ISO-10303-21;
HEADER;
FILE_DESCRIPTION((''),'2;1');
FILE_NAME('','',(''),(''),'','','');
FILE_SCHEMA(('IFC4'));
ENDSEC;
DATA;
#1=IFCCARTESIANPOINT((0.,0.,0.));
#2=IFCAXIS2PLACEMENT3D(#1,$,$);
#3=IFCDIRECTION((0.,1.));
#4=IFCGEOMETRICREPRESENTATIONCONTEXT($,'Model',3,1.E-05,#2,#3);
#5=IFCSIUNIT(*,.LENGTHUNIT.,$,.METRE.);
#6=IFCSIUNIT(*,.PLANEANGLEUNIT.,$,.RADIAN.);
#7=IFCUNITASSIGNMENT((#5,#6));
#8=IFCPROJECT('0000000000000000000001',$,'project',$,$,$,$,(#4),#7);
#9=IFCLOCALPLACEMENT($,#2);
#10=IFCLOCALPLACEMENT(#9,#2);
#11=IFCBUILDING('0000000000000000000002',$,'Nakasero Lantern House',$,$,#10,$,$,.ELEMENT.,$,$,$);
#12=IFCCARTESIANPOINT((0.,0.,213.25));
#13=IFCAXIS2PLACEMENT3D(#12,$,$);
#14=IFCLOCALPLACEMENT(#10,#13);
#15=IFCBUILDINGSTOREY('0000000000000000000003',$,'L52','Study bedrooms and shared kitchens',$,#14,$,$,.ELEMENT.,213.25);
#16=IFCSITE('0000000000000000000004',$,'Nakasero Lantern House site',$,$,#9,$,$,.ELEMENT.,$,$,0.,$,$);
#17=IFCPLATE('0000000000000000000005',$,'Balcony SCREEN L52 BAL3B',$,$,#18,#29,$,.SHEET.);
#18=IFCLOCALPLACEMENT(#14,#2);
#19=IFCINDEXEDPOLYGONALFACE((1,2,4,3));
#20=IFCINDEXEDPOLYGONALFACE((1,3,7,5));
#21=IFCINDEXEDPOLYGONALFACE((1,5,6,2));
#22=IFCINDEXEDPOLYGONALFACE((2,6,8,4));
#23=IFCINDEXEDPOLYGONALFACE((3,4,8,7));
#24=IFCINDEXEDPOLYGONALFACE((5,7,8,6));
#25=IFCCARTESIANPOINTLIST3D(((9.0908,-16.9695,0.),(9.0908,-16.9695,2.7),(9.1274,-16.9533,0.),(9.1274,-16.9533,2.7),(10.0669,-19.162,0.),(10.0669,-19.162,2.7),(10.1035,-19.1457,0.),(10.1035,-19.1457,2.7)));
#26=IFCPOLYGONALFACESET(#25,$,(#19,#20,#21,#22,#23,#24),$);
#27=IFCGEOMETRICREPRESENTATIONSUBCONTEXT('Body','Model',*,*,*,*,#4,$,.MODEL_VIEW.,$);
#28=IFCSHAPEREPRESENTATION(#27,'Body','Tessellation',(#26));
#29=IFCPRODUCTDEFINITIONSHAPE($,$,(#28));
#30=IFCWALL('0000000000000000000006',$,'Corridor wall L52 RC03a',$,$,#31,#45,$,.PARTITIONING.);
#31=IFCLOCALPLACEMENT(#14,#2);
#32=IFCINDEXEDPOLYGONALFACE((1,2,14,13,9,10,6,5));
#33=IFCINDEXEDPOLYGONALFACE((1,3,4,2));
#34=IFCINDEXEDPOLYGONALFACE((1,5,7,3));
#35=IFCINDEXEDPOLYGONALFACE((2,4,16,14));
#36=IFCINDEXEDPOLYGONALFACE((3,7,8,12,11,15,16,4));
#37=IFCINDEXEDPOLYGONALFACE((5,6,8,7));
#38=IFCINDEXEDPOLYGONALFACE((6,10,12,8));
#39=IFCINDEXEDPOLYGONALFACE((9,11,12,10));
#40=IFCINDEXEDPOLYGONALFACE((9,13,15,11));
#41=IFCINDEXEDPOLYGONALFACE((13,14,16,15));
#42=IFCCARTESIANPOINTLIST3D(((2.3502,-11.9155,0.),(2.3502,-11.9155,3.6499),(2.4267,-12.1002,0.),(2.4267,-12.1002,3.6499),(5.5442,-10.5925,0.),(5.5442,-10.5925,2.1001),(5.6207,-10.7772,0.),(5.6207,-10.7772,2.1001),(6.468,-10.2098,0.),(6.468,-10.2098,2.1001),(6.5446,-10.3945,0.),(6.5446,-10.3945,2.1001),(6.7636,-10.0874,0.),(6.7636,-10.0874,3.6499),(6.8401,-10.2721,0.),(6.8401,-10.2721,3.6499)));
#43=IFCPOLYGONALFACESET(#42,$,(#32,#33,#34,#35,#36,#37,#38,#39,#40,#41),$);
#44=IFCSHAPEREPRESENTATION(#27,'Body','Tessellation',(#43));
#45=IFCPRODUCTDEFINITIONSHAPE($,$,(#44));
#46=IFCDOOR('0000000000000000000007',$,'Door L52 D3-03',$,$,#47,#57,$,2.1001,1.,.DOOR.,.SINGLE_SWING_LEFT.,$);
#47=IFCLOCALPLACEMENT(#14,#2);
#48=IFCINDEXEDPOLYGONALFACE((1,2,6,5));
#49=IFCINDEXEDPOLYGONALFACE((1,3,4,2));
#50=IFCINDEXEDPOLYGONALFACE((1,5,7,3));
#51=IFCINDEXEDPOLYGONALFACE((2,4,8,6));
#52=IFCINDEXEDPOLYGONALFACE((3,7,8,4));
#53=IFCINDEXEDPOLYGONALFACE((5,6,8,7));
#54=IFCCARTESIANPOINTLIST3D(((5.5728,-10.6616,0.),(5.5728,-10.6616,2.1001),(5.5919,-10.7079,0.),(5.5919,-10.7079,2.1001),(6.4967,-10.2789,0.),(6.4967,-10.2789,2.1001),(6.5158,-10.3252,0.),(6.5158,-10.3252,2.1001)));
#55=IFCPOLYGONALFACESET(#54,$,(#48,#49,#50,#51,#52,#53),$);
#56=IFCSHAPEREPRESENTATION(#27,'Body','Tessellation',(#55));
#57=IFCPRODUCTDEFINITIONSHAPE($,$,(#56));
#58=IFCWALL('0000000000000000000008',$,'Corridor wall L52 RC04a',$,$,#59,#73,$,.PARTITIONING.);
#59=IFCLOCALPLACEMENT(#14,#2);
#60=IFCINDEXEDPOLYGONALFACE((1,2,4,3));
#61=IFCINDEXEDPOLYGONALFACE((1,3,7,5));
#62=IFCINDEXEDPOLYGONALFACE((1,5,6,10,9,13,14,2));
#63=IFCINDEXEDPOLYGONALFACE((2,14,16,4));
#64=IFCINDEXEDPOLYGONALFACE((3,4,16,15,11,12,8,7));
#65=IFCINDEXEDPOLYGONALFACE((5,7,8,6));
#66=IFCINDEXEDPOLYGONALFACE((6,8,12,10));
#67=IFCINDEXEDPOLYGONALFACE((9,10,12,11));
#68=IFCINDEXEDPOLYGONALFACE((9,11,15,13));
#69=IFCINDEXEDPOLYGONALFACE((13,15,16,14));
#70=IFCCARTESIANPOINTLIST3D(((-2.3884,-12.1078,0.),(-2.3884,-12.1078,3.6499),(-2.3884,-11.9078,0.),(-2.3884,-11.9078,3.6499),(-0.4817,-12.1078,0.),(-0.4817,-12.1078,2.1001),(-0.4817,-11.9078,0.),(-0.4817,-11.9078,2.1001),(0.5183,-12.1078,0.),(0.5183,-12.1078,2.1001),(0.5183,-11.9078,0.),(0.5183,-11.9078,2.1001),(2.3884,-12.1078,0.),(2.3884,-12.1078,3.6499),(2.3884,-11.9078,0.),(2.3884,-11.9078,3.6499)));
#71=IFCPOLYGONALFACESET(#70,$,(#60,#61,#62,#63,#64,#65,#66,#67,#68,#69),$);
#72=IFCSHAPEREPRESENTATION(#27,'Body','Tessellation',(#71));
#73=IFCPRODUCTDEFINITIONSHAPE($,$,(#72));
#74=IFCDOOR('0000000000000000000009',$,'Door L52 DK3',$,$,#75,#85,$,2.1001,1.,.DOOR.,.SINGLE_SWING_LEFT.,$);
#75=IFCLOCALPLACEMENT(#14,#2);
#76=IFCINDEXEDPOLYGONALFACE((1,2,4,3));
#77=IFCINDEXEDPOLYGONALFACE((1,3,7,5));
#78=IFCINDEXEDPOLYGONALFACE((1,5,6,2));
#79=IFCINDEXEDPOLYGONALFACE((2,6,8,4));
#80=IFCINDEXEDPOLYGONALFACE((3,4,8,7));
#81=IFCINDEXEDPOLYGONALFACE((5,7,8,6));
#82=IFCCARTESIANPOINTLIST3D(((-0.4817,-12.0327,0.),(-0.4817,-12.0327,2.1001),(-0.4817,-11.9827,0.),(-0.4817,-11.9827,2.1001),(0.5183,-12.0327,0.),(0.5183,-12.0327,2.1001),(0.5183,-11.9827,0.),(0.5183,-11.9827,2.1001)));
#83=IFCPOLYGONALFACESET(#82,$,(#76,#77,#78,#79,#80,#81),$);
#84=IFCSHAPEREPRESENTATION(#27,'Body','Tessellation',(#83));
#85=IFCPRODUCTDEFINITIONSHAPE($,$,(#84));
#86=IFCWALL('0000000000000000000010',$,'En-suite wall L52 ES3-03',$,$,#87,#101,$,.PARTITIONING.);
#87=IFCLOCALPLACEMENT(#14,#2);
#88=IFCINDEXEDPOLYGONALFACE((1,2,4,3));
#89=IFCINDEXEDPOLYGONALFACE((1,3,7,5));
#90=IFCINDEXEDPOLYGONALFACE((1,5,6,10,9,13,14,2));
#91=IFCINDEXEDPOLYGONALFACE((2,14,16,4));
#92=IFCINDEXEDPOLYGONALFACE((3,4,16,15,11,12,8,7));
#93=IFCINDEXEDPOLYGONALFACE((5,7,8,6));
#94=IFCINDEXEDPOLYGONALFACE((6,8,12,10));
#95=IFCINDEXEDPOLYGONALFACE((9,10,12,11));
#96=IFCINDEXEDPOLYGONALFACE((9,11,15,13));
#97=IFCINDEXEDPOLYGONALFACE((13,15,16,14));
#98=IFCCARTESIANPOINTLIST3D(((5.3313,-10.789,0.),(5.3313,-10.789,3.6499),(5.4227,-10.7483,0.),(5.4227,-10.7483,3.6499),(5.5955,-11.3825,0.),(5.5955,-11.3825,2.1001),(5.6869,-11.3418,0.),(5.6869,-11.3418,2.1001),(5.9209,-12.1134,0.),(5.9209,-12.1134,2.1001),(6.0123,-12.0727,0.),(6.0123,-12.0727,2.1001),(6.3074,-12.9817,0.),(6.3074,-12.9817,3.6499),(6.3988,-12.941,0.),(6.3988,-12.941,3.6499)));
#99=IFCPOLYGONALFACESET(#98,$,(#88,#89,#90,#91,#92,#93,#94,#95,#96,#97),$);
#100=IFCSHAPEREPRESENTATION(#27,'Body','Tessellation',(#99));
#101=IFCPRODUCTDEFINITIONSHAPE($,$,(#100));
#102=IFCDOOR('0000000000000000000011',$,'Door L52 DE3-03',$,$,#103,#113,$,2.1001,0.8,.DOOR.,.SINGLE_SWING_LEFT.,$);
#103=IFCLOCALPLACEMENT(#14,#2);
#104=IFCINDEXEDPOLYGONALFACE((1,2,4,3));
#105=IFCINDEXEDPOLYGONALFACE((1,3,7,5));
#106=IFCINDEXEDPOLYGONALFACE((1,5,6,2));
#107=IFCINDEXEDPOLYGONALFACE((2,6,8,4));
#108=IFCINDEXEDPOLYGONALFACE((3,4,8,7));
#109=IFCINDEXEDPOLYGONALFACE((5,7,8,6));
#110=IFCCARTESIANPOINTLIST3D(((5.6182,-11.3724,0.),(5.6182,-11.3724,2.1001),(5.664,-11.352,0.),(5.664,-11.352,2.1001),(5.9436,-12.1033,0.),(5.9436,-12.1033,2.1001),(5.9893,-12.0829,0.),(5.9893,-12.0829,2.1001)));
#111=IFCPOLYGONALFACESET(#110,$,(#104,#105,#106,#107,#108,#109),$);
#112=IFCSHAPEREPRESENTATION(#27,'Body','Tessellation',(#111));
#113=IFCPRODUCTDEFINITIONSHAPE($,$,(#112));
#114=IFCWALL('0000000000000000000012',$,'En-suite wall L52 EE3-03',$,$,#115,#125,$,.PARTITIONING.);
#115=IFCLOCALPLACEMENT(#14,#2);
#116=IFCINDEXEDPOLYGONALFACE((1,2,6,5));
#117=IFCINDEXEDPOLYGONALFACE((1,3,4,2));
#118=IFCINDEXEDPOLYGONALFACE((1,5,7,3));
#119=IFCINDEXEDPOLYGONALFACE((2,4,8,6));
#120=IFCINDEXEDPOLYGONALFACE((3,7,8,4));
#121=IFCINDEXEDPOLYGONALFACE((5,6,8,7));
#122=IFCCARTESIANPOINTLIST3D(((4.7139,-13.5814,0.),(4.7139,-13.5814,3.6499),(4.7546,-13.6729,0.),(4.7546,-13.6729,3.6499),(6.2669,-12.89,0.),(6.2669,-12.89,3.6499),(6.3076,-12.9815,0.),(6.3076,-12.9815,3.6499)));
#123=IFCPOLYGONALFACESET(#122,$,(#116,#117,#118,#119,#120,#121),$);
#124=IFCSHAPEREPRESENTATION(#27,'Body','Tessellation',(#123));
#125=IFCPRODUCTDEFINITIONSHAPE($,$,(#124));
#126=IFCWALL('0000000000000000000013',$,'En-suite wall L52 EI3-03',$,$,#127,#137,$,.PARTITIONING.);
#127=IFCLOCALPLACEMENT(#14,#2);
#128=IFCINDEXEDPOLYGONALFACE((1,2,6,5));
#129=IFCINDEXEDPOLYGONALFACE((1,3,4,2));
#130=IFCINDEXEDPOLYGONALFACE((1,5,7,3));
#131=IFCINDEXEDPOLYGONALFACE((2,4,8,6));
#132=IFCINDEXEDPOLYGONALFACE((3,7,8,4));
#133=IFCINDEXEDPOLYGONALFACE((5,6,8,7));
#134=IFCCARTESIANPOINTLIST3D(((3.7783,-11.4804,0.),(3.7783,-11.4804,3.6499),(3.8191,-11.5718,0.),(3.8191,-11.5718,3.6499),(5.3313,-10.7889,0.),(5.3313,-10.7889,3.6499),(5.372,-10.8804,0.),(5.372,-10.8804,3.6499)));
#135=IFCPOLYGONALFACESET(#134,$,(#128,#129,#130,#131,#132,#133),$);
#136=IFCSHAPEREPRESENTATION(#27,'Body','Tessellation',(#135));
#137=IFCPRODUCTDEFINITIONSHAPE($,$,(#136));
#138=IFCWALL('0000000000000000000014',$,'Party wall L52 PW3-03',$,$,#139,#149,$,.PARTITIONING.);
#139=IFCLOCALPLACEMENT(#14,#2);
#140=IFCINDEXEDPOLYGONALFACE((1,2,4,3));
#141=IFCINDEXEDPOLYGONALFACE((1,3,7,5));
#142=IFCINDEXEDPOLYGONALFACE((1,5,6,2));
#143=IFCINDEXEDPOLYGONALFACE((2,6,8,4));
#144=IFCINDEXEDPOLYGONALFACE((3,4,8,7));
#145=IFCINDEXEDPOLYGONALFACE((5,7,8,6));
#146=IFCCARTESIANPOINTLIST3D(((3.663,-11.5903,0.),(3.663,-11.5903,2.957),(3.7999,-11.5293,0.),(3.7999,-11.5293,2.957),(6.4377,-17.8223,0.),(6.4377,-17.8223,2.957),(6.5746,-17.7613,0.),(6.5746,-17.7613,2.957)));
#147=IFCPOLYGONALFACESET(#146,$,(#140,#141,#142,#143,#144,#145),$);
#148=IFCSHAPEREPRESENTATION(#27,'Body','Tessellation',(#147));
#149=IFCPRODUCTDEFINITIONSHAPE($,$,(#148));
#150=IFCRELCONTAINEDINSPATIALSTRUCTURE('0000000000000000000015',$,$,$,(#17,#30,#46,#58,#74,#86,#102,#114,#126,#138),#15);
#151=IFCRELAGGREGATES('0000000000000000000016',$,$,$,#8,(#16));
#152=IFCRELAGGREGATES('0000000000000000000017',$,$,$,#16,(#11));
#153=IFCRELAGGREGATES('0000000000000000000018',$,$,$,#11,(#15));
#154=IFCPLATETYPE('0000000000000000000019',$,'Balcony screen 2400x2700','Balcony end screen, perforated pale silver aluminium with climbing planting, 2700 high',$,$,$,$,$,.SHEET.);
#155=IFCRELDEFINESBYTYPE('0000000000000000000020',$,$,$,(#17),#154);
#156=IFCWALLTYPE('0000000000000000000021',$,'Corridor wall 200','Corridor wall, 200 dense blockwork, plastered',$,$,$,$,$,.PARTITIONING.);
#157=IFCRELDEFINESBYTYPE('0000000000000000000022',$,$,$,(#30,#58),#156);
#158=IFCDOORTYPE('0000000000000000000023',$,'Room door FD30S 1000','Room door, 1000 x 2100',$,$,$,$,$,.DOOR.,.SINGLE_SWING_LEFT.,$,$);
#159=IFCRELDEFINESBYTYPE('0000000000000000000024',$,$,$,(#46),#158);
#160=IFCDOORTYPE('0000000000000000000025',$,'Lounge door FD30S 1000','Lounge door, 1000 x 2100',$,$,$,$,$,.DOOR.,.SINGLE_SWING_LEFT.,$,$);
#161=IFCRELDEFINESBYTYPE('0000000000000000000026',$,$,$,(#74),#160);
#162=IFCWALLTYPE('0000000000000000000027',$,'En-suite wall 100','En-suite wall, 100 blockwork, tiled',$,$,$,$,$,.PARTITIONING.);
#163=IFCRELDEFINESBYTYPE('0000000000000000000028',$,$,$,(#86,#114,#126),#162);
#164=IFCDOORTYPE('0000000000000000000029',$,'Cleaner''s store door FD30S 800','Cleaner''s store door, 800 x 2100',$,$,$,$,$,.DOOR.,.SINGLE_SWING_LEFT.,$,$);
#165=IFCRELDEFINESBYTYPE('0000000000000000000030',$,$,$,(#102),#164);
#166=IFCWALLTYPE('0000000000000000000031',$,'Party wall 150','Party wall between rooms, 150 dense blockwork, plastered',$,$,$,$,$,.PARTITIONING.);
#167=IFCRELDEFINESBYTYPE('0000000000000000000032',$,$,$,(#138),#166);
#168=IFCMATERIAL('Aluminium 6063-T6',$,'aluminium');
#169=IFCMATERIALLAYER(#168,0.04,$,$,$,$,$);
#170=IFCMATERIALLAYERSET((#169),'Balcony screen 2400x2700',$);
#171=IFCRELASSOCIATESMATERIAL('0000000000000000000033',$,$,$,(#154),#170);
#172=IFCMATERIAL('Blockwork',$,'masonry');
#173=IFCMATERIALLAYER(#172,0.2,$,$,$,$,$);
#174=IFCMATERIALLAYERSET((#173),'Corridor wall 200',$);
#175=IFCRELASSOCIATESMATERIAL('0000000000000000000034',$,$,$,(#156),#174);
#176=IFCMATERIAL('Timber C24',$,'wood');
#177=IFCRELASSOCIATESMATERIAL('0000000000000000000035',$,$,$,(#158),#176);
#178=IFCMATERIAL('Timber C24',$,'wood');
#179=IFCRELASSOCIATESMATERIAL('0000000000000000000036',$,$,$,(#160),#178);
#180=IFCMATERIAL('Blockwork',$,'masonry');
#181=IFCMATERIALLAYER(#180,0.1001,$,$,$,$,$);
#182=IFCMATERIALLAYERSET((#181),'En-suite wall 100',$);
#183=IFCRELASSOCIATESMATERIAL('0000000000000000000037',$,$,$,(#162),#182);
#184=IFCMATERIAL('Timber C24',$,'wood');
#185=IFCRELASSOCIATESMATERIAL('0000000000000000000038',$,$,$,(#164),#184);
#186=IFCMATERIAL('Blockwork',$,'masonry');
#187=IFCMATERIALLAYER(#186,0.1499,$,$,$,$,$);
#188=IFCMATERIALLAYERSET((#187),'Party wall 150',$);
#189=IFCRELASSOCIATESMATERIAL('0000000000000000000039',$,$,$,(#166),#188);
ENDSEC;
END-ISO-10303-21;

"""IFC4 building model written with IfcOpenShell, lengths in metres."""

from ifc_helpers import new_model, si_unit, direction, frame, frame_2d, origin, origin_2d, place, context, subcontext, project, spatial, rectangle, extrude, material, layer, layer_set, type_object, element, fill, save


model = new_model("IFC4")

# Units and contexts
model_context = context("Model", 3, precision=1e-05, world=origin(), true_north=direction((0.0, 1.0)))
body_context = subcontext(model_context, "Body", "Model", "MODEL_VIEW")
ifc_project = project(units=[si_unit("LENGTHUNIT", "METRE"), si_unit("PLANEANGLEUNIT", "RADIAN")], contexts=[model_context])

# Site, building, storey
site_placement = place(None, origin())
site = spatial("IfcSite", under=ifc_project, at=site_placement, Name="Nakasero Lantern House site", CompositionType="ELEMENT", RefElevation=0.0)
building_placement = place(site_placement, origin())
building = spatial("IfcBuilding", under=site, at=building_placement, Name="Nakasero Lantern House", CompositionType="ELEMENT")
storey_placement = place(building_placement, frame((0.0, 0.0, 213.25)))
storey = spatial("IfcBuildingStorey", under=building, at=storey_placement, Name="L52", Description="Study bedrooms and shared kitchens", CompositionType="ELEMENT", Elevation=213.25)

# Plate
ifc_material_1 = material(Name="Aluminium 6063-T6", Category="aluminium")
ifc_layer_1 = layer(ifc_material_1, 0.04)
ifc_layer_set_1 = layer_set([ifc_layer_1], Name="Balcony screen 2400x2700")
plate_type_1 = type_object("IfcPlateType", Name="Balcony screen 2400x2700", Description="Balcony end screen, perforated pale silver aluminium with climbing planting, 2700 high", PredefinedType="SHEET", material=ifc_layer_set_1)
for number, where, z_axis, x_axis, name in (
    (1, (9.5972, -18.0576, 0.0), (0.0, 0.0, 1.0), (0.406737, -0.913545, 0.0), "Balcony SCREEN L52 BAL3B"),
):
    element("IfcPlate", number, at=place(storey_placement, frame(where, z_axis=z_axis, x_axis=x_axis)), inside=storey, type_object=plate_type_1, Name=name, PredefinedType="SHEET", context=body_context, shape_type="SweptSolid", body=[
        extrude(rectangle(XDim=2.3999, YDim=0.04, at=origin_2d()), origin(), (0.0, 0.0, 1.0), 2.7),
    ])

# Walls, openings, doors
ifc_material_2 = material(Name="Blockwork", Category="masonry")
ifc_layer_2 = layer(ifc_material_2, 0.2)
ifc_layer_set_2 = layer_set([ifc_layer_2], Name="Corridor wall 200")
wall_type_1 = type_object("IfcWallType", Name="Corridor wall 200", Description="Corridor wall, 200 dense blockwork, plastered", PredefinedType="PARTITIONING", material=ifc_layer_set_2)
wall_1_placement = place(storey_placement, frame((6.802, -10.1797, 0.0), z_axis=(0.0, 0.0, 1.0), x_axis=(-0.923882, -0.382677, 0.0)))
wall_1 = element("IfcWall", 2, at=wall_1_placement, inside=storey, type_object=wall_type_1, Name="Corridor wall L52 RC03a", PredefinedType="PARTITIONING", context=body_context, shape_type="SweptSolid", body=[
    extrude(rectangle(XDim=4.7771, YDim=0.2, at=frame_2d((2.3887, 0.0))), origin(), (0.0, 0.0, 1.0), 3.6499),
])
opening_1_placement = place(wall_1_placement, frame((0.3201, 0.0, 0.0)))
opening_1 = element("IfcOpeningElement", 3, at=opening_1_placement, cuts=wall_1, PredefinedType="OPENING", context=body_context, shape_type="SweptSolid", body=[
    extrude(rectangle(XDim=1.0, YDim=2.1001, at=frame_2d((0.5, 1.05))), frame((0.0, 0.1199, 0.0), z_axis=(0.0, -1.0, 0.0), x_axis=(1.0, 0.0, 0.0)), (0.0, 0.0, 1.0), 0.24),
])
ifc_material_3 = material(Name="Timber C24", Category="wood")
door_type_1 = type_object("IfcDoorType", Name="Room door FD30S 1000", Description="Room door, 1000 x 2100", OperationType="SINGLE_SWING_LEFT", PredefinedType="DOOR", material=ifc_material_3)
door_1_placement = place(opening_1_placement, origin())
door_1 = element("IfcDoor", 4, at=door_1_placement, inside=storey, type_object=door_type_1, Name="Door L52 D3-03", OperationType="SINGLE_SWING_LEFT", OverallHeight=2.1001, OverallWidth=1.0, PredefinedType="DOOR", context=body_context, shape_type="SweptSolid", body=[
    extrude(rectangle(XDim=1.0, YDim=2.1001, at=frame_2d((0.5, 1.05))), frame((0.0, 0.0249, 0.0), z_axis=(0.0, -1.0, 0.0), x_axis=(1.0, 0.0, 0.0)), (0.0, 0.0, 1.0), 0.05),
])
fill(opening_1, door_1)
wall_2_placement = place(storey_placement, frame((2.3884, -12.0078, 0.0), z_axis=(0.0, 0.0, 1.0), x_axis=(-1.0, 0.0, 0.0)))
wall_2 = element("IfcWall", 5, at=wall_2_placement, inside=storey, type_object=wall_type_1, Name="Corridor wall L52 RC04a", PredefinedType="PARTITIONING", context=body_context, shape_type="SweptSolid", body=[
    extrude(rectangle(XDim=4.7769, YDim=0.2, at=frame_2d((2.3884, 0.0))), origin(), (0.0, 0.0, 1.0), 3.6499),
])
opening_2_placement = place(wall_2_placement, frame((1.8701, 0.0, 0.0)))
opening_2 = element("IfcOpeningElement", 6, at=opening_2_placement, cuts=wall_2, PredefinedType="OPENING", context=body_context, shape_type="SweptSolid", body=[
    extrude(rectangle(XDim=1.0, YDim=2.1001, at=frame_2d((0.5, 1.05))), frame((0.0, 0.1199, 0.0), z_axis=(0.0, -1.0, 0.0), x_axis=(1.0, 0.0, 0.0)), (0.0, 0.0, 1.0), 0.24),
])
ifc_material_4 = material(Name="Timber C24", Category="wood")
door_type_2 = type_object("IfcDoorType", Name="Lounge door FD30S 1000", Description="Lounge door, 1000 x 2100", OperationType="SINGLE_SWING_LEFT", PredefinedType="DOOR", material=ifc_material_4)
door_2_placement = place(opening_2_placement, origin())
door_2 = element("IfcDoor", 7, at=door_2_placement, inside=storey, type_object=door_type_2, Name="Door L52 DK3", OperationType="SINGLE_SWING_LEFT", OverallHeight=2.1001, OverallWidth=1.0, PredefinedType="DOOR", context=body_context, shape_type="SweptSolid", body=[
    extrude(rectangle(XDim=1.0, YDim=2.1001, at=frame_2d((0.5, 1.05))), frame((0.0, 0.0249, 0.0), z_axis=(0.0, -1.0, 0.0), x_axis=(1.0, 0.0, 0.0)), (0.0, 0.0, 1.0), 0.05),
])
fill(opening_2, door_2)
ifc_material_5 = material(Name="Blockwork", Category="masonry")
ifc_layer_3 = layer(ifc_material_5, 0.1001)
ifc_layer_set_3 = layer_set([ifc_layer_3], Name="En-suite wall 100")
wall_type_2 = type_object("IfcWallType", Name="En-suite wall 100", Description="En-suite wall, 100 blockwork, tiled", PredefinedType="PARTITIONING", material=ifc_layer_set_3)
wall_3_placement = place(storey_placement, frame((5.377, -10.7686, 0.0), z_axis=(0.0, 0.0, 1.0), x_axis=(0.406686, -0.913568, 0.0)))
wall_3 = element("IfcWall", 8, at=wall_3_placement, inside=storey, type_object=wall_type_2, Name="En-suite wall L52 ES3-03", PredefinedType="PARTITIONING", context=body_context, shape_type="SweptSolid", body=[
    extrude(rectangle(XDim=2.4001, YDim=0.1001, at=frame_2d((1.2002, 0.0))), origin(), (0.0, 0.0, 1.0), 3.6499),
])
opening_3_placement = place(wall_3_placement, frame((0.6499, 0.0, 0.0)))
opening_3 = element("IfcOpeningElement", 9, at=opening_3_placement, cuts=wall_3, PredefinedType="OPENING", context=body_context, shape_type="SweptSolid", body=[
    extrude(rectangle(XDim=0.8, YDim=2.1001, at=frame_2d((0.3999, 1.05))), frame((0.0, 0.0701, 0.0), z_axis=(0.0, -1.0, 0.0), x_axis=(1.0, 0.0, 0.0)), (0.0, 0.0, 1.0), 0.1401),
])
ifc_material_6 = material(Name="Timber C24", Category="wood")
door_type_3 = type_object("IfcDoorType", Name="Cleaner's store door FD30S 800", Description="Cleaner's store door, 800 x 2100", OperationType="SINGLE_SWING_LEFT", PredefinedType="DOOR", material=ifc_material_6)
door_3_placement = place(opening_3_placement, origin())
door_3 = element("IfcDoor", 10, at=door_3_placement, inside=storey, type_object=door_type_3, Name="Door L52 DE3-03", OperationType="SINGLE_SWING_LEFT", OverallHeight=2.1001, OverallWidth=0.8, PredefinedType="DOOR", context=body_context, shape_type="SweptSolid", body=[
    extrude(rectangle(XDim=0.8, YDim=2.1001, at=frame_2d((0.3999, 1.05))), frame((0.0, 0.0249, 0.0), z_axis=(0.0, -1.0, 0.0), x_axis=(1.0, 0.0, 0.0)), (0.0, 0.0, 1.0), 0.05),
])
fill(opening_3, door_3)

# Walls
for number, where, z_axis, x_axis, name in (
    (11, (4.7341, -13.6272, 0.0), (0.0, 0.0, 1.0), (0.913551, 0.406725, 0.0), "En-suite wall L52 EE3-03"),
    (12, (3.7986, -11.5261, 0.0), (0.0, 0.0, 1.0), (0.913551, 0.406725, 0.0), "En-suite wall L52 EI3-03"),
):
    element("IfcWall", number, at=place(storey_placement, frame(where, z_axis=z_axis, x_axis=x_axis)), inside=storey, type_object=wall_type_2, Name=name, PredefinedType="PARTITIONING", context=body_context, shape_type="SweptSolid", body=[
        extrude(rectangle(XDim=1.7, YDim=0.1001, at=frame_2d((0.8501, 0.0))), origin(), (0.0, 0.0, 1.0), 3.6499),
    ])
ifc_material_7 = material(Name="Blockwork", Category="masonry")
ifc_layer_4 = layer(ifc_material_7, 0.1499)
ifc_layer_set_4 = layer_set([ifc_layer_4], Name="Party wall 150")
wall_type_3 = type_object("IfcWallType", Name="Party wall 150", Description="Party wall between rooms, 150 dense blockwork, plastered", PredefinedType="PARTITIONING", material=ifc_layer_set_4)
wall_4_placement = place(storey_placement, frame((3.7314, -11.5598, 0.0), z_axis=(0.0, 0.0, 1.0), x_axis=(0.406739, -0.913544, 0.0)))
element("IfcWall", 13, at=wall_4_placement, inside=storey, type_object=wall_type_3, Name="Party wall L52 PW3-03", PredefinedType="PARTITIONING", context=body_context, shape_type="SweptSolid", body=[
    extrude(rectangle(XDim=6.8218, YDim=0.1499, at=frame_2d((3.4109, 0.0))), origin(), (0.0, 0.0, 1.0), 2.957),
])

save(model, "model.ifc")
